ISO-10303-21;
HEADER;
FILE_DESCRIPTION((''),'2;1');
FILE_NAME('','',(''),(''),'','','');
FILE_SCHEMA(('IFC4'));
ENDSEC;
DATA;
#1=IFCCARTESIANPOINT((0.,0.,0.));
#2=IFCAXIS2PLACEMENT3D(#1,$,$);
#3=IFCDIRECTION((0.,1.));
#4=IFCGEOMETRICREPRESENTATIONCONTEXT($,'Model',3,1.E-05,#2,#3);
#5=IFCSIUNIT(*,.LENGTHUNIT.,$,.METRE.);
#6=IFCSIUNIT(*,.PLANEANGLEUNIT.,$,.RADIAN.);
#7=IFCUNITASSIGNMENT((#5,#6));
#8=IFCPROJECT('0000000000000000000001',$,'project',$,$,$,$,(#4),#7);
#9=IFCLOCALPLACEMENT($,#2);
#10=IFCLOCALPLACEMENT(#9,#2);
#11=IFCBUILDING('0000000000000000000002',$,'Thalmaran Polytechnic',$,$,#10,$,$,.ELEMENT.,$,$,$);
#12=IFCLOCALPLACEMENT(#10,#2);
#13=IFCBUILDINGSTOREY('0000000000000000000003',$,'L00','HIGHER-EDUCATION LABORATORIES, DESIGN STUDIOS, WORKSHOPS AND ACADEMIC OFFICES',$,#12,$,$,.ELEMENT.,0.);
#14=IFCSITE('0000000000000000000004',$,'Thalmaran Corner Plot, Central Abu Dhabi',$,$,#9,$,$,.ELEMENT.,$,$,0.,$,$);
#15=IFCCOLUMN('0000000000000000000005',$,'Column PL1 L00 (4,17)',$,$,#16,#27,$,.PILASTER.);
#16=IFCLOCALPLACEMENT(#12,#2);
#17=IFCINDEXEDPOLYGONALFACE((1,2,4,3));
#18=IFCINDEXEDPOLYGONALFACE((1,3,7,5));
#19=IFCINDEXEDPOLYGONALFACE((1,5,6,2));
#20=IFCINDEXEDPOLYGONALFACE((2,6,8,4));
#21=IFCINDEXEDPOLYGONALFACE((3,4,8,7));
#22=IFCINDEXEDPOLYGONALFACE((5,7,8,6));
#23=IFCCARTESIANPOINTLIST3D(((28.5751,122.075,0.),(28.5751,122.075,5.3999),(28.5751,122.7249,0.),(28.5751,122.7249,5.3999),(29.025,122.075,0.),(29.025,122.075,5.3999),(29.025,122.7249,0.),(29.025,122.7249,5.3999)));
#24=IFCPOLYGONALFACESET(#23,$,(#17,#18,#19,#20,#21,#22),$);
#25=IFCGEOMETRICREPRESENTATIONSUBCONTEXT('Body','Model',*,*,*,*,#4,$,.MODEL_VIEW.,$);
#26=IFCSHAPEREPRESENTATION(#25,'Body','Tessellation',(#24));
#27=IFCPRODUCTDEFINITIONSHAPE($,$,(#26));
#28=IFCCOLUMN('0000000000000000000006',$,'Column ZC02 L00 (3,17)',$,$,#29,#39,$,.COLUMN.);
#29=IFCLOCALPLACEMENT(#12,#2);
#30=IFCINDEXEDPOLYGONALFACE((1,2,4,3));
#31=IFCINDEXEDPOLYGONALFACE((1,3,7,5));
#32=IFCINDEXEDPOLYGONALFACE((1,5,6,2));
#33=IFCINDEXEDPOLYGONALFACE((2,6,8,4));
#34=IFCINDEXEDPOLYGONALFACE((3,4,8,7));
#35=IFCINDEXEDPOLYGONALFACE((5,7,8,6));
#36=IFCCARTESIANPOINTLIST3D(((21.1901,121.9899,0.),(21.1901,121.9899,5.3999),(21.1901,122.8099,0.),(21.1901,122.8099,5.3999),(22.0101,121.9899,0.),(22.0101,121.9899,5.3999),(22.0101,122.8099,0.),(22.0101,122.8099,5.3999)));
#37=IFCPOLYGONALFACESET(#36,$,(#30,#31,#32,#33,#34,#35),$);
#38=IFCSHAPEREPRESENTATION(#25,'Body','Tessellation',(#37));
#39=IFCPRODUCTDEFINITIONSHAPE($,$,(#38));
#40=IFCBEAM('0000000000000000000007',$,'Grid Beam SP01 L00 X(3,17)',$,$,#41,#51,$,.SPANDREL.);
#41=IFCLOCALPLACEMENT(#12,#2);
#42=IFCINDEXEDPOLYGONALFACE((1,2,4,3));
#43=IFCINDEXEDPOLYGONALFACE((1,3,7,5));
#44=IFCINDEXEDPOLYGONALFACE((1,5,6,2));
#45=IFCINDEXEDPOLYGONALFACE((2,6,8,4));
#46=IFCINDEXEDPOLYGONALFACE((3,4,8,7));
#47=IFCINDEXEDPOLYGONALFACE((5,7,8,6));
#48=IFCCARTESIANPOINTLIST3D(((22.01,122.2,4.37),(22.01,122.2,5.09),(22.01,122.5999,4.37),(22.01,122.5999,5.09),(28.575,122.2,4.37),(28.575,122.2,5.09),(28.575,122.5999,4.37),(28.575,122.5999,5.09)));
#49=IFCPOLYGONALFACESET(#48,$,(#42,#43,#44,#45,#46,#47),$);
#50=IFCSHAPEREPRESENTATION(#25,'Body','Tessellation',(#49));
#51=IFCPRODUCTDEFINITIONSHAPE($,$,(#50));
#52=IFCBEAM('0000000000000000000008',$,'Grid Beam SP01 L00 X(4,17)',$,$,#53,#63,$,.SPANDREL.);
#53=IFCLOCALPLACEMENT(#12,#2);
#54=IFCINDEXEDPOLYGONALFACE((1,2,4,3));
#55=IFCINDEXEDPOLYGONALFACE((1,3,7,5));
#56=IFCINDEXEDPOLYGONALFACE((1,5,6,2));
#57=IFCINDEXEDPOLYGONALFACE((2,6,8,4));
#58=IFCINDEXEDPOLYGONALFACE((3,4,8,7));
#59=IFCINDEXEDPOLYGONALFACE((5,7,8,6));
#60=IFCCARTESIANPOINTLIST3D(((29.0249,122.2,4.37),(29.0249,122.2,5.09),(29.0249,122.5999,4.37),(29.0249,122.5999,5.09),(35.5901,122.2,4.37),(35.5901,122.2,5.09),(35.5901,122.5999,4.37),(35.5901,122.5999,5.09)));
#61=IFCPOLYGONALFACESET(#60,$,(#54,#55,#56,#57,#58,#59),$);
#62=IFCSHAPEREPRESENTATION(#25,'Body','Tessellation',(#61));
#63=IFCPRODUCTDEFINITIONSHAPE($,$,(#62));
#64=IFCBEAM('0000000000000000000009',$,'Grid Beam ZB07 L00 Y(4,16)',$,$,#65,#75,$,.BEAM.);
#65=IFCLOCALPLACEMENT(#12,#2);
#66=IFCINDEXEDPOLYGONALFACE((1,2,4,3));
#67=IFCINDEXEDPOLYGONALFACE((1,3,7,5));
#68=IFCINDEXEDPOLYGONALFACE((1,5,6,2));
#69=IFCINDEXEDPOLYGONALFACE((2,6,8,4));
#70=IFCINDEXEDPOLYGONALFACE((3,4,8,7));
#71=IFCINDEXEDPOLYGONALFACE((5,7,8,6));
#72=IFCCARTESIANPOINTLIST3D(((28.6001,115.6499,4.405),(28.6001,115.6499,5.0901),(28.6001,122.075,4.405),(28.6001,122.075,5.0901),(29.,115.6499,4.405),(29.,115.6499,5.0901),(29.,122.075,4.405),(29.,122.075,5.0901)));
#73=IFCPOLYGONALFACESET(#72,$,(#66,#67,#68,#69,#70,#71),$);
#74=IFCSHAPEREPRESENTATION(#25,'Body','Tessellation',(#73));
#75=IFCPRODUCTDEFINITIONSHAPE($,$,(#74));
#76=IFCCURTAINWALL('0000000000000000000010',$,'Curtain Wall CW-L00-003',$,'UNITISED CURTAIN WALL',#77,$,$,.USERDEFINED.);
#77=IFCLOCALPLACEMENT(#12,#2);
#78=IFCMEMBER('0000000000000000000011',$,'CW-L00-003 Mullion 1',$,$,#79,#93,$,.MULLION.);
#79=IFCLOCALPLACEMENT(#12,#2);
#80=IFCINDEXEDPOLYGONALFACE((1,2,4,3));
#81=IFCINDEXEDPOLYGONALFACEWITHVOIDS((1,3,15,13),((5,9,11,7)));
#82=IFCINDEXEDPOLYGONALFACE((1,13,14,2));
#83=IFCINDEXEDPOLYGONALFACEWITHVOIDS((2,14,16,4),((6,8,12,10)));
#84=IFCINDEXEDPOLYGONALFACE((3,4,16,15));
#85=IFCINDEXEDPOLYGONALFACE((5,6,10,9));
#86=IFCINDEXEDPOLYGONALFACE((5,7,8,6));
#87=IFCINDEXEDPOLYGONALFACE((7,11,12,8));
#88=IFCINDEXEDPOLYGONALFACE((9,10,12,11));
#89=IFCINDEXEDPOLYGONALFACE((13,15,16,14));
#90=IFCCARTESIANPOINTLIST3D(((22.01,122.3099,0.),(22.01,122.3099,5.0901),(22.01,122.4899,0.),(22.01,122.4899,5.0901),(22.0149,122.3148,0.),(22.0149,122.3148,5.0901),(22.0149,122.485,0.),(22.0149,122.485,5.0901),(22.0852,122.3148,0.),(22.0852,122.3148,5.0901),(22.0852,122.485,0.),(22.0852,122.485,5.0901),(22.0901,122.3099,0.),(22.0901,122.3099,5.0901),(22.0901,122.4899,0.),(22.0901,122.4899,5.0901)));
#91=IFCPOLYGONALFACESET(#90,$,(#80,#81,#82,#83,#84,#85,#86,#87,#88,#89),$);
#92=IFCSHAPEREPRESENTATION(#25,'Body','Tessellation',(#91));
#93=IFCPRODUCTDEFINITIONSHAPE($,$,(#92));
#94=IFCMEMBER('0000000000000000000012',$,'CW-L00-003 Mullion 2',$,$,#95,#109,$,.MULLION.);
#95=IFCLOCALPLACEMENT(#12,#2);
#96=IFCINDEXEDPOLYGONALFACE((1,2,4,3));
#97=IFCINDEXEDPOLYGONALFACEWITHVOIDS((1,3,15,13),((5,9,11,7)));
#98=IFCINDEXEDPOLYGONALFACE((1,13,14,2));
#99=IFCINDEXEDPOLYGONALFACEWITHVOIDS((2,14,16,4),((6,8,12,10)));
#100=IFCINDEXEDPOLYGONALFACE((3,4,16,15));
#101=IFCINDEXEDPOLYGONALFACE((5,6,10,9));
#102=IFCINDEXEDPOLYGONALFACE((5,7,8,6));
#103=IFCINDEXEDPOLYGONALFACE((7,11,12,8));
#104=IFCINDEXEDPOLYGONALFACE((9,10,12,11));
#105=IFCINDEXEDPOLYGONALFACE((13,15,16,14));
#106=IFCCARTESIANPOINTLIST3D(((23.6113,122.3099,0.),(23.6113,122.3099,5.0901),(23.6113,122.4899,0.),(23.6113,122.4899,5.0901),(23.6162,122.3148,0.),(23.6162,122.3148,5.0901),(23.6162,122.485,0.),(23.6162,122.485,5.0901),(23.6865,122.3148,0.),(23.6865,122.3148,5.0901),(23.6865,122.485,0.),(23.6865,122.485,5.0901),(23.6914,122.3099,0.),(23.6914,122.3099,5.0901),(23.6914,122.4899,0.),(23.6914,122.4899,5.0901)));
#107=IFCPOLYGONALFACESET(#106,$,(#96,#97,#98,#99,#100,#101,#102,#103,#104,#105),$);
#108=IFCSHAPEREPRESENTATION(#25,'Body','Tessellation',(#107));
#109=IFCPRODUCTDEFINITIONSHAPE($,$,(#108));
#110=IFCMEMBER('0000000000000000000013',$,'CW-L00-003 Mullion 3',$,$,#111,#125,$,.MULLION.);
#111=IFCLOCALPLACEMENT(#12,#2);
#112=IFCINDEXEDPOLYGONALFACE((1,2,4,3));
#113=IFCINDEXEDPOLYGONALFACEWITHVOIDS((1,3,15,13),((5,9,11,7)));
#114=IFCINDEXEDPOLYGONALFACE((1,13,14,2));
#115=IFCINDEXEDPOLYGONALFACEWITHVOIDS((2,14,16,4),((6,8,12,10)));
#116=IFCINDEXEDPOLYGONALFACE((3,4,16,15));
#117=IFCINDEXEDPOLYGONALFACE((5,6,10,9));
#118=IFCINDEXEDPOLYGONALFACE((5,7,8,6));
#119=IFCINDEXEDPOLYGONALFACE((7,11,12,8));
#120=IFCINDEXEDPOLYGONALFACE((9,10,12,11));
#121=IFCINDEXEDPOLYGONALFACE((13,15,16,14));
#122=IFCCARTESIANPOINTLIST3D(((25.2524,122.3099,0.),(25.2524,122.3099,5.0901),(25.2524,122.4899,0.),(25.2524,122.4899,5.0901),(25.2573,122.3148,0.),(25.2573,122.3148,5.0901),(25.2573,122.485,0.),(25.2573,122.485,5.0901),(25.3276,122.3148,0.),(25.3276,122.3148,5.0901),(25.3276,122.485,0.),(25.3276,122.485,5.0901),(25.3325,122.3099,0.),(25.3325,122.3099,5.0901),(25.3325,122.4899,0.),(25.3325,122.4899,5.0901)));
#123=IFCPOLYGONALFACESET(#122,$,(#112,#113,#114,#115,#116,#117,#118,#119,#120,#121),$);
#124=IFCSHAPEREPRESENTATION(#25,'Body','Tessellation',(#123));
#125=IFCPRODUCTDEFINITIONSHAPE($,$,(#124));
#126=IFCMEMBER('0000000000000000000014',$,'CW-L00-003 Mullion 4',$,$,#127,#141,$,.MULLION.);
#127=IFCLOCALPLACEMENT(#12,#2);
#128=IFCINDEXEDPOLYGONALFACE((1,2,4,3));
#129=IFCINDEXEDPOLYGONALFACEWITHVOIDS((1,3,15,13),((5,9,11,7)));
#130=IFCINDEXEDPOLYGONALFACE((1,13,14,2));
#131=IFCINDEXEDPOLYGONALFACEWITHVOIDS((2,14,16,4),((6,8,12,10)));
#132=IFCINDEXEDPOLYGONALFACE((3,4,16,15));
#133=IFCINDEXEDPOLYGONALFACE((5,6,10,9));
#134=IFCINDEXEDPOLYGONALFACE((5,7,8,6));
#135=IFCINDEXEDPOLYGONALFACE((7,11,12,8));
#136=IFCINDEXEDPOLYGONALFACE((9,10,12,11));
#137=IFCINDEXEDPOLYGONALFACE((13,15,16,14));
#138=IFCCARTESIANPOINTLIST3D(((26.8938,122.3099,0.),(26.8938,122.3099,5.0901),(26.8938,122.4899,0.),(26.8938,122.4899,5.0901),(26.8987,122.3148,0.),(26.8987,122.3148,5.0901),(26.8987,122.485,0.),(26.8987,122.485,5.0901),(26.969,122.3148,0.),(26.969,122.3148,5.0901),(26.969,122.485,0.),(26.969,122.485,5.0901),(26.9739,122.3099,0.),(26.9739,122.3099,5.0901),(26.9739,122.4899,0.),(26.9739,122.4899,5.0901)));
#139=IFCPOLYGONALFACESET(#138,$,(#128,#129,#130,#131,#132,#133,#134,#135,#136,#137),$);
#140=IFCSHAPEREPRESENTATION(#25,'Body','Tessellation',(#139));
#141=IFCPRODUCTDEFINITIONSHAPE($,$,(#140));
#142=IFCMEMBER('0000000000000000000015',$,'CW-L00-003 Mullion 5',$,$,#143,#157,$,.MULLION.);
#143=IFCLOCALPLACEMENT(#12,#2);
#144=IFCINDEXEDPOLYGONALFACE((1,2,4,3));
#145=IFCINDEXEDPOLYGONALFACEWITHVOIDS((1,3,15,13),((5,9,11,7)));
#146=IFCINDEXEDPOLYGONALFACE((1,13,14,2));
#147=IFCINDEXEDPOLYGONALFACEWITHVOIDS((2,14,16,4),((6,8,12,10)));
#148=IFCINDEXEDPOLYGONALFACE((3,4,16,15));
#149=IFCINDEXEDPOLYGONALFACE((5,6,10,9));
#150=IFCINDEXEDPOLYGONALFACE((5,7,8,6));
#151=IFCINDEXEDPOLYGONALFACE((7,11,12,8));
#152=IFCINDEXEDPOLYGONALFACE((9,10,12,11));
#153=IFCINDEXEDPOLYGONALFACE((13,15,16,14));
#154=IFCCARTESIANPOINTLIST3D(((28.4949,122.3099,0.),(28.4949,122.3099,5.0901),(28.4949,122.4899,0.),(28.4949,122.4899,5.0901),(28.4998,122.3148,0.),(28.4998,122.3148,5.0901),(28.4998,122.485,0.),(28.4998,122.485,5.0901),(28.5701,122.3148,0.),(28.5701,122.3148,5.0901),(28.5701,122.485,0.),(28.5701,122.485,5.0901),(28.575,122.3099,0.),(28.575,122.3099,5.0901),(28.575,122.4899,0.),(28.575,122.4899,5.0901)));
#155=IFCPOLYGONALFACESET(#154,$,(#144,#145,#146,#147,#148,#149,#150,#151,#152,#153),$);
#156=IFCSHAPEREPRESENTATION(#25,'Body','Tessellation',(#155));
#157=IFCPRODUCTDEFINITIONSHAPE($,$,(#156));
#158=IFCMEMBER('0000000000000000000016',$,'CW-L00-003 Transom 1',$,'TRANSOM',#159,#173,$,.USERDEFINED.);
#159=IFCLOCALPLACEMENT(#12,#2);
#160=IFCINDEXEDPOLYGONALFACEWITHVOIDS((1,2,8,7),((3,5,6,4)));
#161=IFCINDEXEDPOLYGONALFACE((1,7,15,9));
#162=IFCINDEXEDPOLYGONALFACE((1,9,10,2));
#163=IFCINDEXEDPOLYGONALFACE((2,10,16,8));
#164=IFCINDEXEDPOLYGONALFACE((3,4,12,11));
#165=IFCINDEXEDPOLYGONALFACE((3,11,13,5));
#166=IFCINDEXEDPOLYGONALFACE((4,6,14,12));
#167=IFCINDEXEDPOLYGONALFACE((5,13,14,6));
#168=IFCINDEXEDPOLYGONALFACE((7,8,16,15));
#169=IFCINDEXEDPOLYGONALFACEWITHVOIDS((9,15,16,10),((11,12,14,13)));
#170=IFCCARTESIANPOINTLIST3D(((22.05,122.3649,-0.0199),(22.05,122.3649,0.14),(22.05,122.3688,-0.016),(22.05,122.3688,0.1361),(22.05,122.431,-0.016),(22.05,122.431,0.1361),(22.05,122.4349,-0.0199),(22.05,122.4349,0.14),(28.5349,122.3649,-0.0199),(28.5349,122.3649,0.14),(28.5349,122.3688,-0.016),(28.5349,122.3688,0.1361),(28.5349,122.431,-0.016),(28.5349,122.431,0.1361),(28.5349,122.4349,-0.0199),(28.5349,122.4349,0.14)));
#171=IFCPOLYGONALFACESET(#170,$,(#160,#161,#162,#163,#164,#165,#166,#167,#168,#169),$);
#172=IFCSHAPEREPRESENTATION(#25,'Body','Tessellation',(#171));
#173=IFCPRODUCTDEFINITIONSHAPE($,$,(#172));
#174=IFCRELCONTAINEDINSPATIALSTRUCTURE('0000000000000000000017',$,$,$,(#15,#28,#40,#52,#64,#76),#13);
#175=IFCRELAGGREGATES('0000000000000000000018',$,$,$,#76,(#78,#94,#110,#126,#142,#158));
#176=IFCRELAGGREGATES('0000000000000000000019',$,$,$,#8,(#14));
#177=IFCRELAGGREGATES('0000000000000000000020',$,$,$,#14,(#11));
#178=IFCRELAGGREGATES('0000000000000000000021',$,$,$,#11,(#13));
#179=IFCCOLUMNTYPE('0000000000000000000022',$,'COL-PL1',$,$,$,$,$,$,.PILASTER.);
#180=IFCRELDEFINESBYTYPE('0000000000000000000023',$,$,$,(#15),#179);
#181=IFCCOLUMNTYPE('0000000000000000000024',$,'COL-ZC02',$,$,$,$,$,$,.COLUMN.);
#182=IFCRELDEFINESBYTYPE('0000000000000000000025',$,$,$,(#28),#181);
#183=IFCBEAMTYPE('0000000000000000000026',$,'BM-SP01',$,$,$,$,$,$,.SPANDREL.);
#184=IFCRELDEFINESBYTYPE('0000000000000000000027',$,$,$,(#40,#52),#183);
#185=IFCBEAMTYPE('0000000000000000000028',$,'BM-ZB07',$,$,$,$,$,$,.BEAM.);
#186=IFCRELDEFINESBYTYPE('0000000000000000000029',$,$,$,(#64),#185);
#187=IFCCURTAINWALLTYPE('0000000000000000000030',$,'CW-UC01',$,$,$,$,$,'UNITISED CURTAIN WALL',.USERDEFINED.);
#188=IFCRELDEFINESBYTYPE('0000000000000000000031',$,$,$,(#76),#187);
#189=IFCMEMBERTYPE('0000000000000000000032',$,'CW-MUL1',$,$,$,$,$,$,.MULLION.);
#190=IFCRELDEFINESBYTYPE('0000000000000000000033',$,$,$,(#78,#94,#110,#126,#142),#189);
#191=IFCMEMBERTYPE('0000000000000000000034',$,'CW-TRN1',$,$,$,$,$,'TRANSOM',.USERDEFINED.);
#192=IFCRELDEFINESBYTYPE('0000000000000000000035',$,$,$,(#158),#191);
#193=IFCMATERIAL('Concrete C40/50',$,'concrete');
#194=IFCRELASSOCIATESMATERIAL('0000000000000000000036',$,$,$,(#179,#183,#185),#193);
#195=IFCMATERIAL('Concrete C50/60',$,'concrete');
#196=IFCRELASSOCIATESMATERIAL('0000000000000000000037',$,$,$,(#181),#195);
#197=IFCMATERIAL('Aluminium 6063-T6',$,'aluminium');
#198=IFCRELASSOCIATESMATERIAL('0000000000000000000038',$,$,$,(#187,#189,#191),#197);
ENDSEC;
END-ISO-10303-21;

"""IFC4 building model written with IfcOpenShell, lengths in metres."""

from ifc_helpers import new_model, si_unit, direction, frame, origin, origin_2d, place, context, subcontext, project, spatial, rectangle, hollow_rectangle, extrude, material, material_profile, profile_set, type_object, element, aggregate, save


model = new_model("IFC4")

# Units and contexts
model_context = context("Model", 3, precision=1e-05, world=origin(), true_north=direction((0.0, 1.0)))
body_context = subcontext(model_context, "Body", "Model", "MODEL_VIEW")
ifc_project = project(units=[si_unit("LENGTHUNIT", "METRE"), si_unit("PLANEANGLEUNIT", "RADIAN")], contexts=[model_context])

# Site, building, storey
site_placement = place(None, origin())
site = spatial("IfcSite", under=ifc_project, at=site_placement, Name="Thalmaran Corner Plot, Central Abu Dhabi", CompositionType="ELEMENT", RefElevation=0.0)
building_placement = place(site_placement, origin())
building = spatial("IfcBuilding", under=site, at=building_placement, Name="Thalmaran Polytechnic", CompositionType="ELEMENT")
storey_placement = place(building_placement, origin())
storey = spatial("IfcBuildingStorey", under=building, at=storey_placement, Name="L00", Description="HIGHER-EDUCATION LABORATORIES, DESIGN STUDIOS, WORKSHOPS AND ACADEMIC OFFICES", CompositionType="ELEMENT", Elevation=0.0)

# Columns
ifc_material_1 = material(Name="Concrete C40/50", Category="concrete")
ifc_material_profile_1 = material_profile(ifc_material_1, rectangle(XDim=0.45, YDim=0.6499, at=origin_2d()), Name="RC 450x650")
ifc_profile_set_1 = profile_set([ifc_material_profile_1], Name="Concrete C40/50")
column_type_1 = type_object("IfcColumnType", Name="COL-PL1", PredefinedType="PILASTER", material=ifc_profile_set_1)
column_1_placement = place(storey_placement, frame((28.8, 122.3999, 0.0), z_axis=(0.0, 0.0, 1.0), x_axis=(1.0, 0.0, 0.0)))
element("IfcColumn", 1, at=column_1_placement, inside=storey, type_object=column_type_1, Name="Column PL1 L00 (4,17)", PredefinedType="PILASTER", context=body_context, shape_type="SweptSolid", body=[
    extrude(rectangle(XDim=0.45, YDim=0.6499, at=origin_2d()), origin(), (0.0, 0.0, 1.0), 5.3999),
])
ifc_material_2 = material(Name="Concrete C50/60", Category="concrete")
ifc_material_profile_2 = material_profile(ifc_material_2, rectangle(XDim=0.8201, YDim=0.8201, at=origin_2d()), Name="RC 820x820")
ifc_profile_set_2 = profile_set([ifc_material_profile_2], Name="Concrete C50/60")
column_type_2 = type_object("IfcColumnType", Name="COL-ZC02", PredefinedType="COLUMN", material=ifc_profile_set_2)
column_2_placement = place(storey_placement, frame((21.6001, 122.3999, 0.0), z_axis=(0.0, 0.0, 1.0), x_axis=(1.0, 0.0, 0.0)))
element("IfcColumn", 2, at=column_2_placement, inside=storey, type_object=column_type_2, Name="Column ZC02 L00 (3,17)", PredefinedType="COLUMN", context=body_context, shape_type="SweptSolid", body=[
    extrude(rectangle(XDim=0.8201, YDim=0.8201, at=origin_2d()), origin(), (0.0, 0.0, 1.0), 5.3999),
])

# Beams
ifc_material_profile_3 = material_profile(ifc_material_1, rectangle(XDim=0.3999, YDim=0.72, at=origin_2d()), Name="RC 400x720")
ifc_profile_set_3 = profile_set([ifc_material_profile_3], Name="Concrete C40/50")
beam_type_1 = type_object("IfcBeamType", Name="BM-SP01", PredefinedType="SPANDREL", material=ifc_profile_set_3)
beam_1_placement = place(storey_placement, frame((22.01, 122.3999, 4.73), z_axis=(1.0, 0.0, 0.0), x_axis=(0.0, 1.0, 0.0)))
element("IfcBeam", 3, at=beam_1_placement, inside=storey, type_object=beam_type_1, Name="Grid Beam SP01 L00 X(3,17)", PredefinedType="SPANDREL", context=body_context, shape_type="SweptSolid", body=[
    extrude(rectangle(XDim=0.3999, YDim=0.72, at=origin_2d()), origin(), (0.0, 0.0, 1.0), 6.5649),
])
beam_2_placement = place(storey_placement, frame((29.0249, 122.3999, 4.73), z_axis=(1.0, 0.0, 0.0), x_axis=(0.0, 1.0, 0.0)))
element("IfcBeam", 4, at=beam_2_placement, inside=storey, type_object=beam_type_1, Name="Grid Beam SP01 L00 X(4,17)", PredefinedType="SPANDREL", context=body_context, shape_type="SweptSolid", body=[
    extrude(rectangle(XDim=0.3999, YDim=0.72, at=origin_2d()), origin(), (0.0, 0.0, 1.0), 6.5652),
])
ifc_material_profile_4 = material_profile(ifc_material_1, rectangle(XDim=0.3999, YDim=0.6851, at=origin_2d()), Name="RC 400x685")
ifc_profile_set_4 = profile_set([ifc_material_profile_4], Name="Concrete C40/50")
beam_type_2 = type_object("IfcBeamType", Name="BM-ZB07", PredefinedType="BEAM", material=ifc_profile_set_4)
beam_3_placement = place(storey_placement, frame((28.8, 115.6499, 4.7476), z_axis=(0.0, 1.0, 0.0), x_axis=(-1.0, 0.0, 0.0)))
element("IfcBeam", 5, at=beam_3_placement, inside=storey, type_object=beam_type_2, Name="Grid Beam ZB07 L00 Y(4,16)", PredefinedType="BEAM", context=body_context, shape_type="SweptSolid", body=[
    extrude(rectangle(XDim=0.3999, YDim=0.6851, at=origin_2d()), origin(), (0.0, 0.0, 1.0), 6.425),
])

# Curtain wall, members
ifc_material_3 = material(Name="Aluminium 6063-T6", Category="aluminium")
curtain_wall_type = type_object("IfcCurtainWallType", Name="CW-UC01", ElementType="UNITISED CURTAIN WALL", PredefinedType="USERDEFINED", material=ifc_material_3)
curtain_wall_placement = place(storey_placement, origin())
curtain_wall = element("IfcCurtainWall", 6, at=curtain_wall_placement, inside=storey, type_object=curtain_wall_type, Name="Curtain Wall CW-L00-003", ObjectType="UNITISED CURTAIN WALL", PredefinedType="USERDEFINED")
ifc_material_profile_5 = material_profile(ifc_material_3, hollow_rectangle(XDim=0.0801, YDim=0.1799, WallThickness=0.0049, at=origin_2d()), Name="RHS 180x80x5.0")
ifc_profile_set_5 = profile_set([ifc_material_profile_5], Name="Aluminium 6063-T6")
member_type_1 = type_object("IfcMemberType", Name="CW-MUL1", PredefinedType="MULLION", material=ifc_profile_set_5)
member_1_placement = place(storey_placement, frame((22.05, 122.3999, 0.0), z_axis=(0.0, 0.0, 1.0), x_axis=(1.0, 0.0, 0.0)))
member_1 = element("IfcMember", 7, at=member_1_placement, type_object=member_type_1, Name="CW-L00-003 Mullion 1", PredefinedType="MULLION", context=body_context, shape_type="SweptSolid", body=[
    extrude(hollow_rectangle(XDim=0.0801, YDim=0.1799, WallThickness=0.0049, at=origin_2d()), origin(), (0.0, 0.0, 1.0), 5.0901),
])
member_2_placement = place(storey_placement, frame((23.6514, 122.3999, 0.0), z_axis=(0.0, 0.0, 1.0), x_axis=(1.0, 0.0, 0.0)))
member_2 = element("IfcMember", 8, at=member_2_placement, type_object=member_type_1, Name="CW-L00-003 Mullion 2", PredefinedType="MULLION", context=body_context, shape_type="SweptSolid", body=[
    extrude(hollow_rectangle(XDim=0.0801, YDim=0.1799, WallThickness=0.0049, at=origin_2d()), origin(), (0.0, 0.0, 1.0), 5.0901),
])
member_3_placement = place(storey_placement, frame((25.2925, 122.3999, 0.0), z_axis=(0.0, 0.0, 1.0), x_axis=(1.0, 0.0, 0.0)))
member_3 = element("IfcMember", 9, at=member_3_placement, type_object=member_type_1, Name="CW-L00-003 Mullion 3", PredefinedType="MULLION", context=body_context, shape_type="SweptSolid", body=[
    extrude(hollow_rectangle(XDim=0.0801, YDim=0.1799, WallThickness=0.0049, at=origin_2d()), origin(), (0.0, 0.0, 1.0), 5.0901),
])
member_4_placement = place(storey_placement, frame((26.9338, 122.3999, 0.0), z_axis=(0.0, 0.0, 1.0), x_axis=(1.0, 0.0, 0.0)))
member_4 = element("IfcMember", 10, at=member_4_placement, type_object=member_type_1, Name="CW-L00-003 Mullion 4", PredefinedType="MULLION", context=body_context, shape_type="SweptSolid", body=[
    extrude(hollow_rectangle(XDim=0.0801, YDim=0.1799, WallThickness=0.0049, at=origin_2d()), origin(), (0.0, 0.0, 1.0), 5.0901),
])
member_5_placement = place(storey_placement, frame((28.5349, 122.3999, 0.0), z_axis=(0.0, 0.0, 1.0), x_axis=(1.0, 0.0, 0.0)))
member_5 = element("IfcMember", 11, at=member_5_placement, type_object=member_type_1, Name="CW-L00-003 Mullion 5", PredefinedType="MULLION", context=body_context, shape_type="SweptSolid", body=[
    extrude(hollow_rectangle(XDim=0.0801, YDim=0.1799, WallThickness=0.0049, at=origin_2d()), origin(), (0.0, 0.0, 1.0), 5.0901),
])
ifc_material_profile_6 = material_profile(ifc_material_3, hollow_rectangle(XDim=0.0701, YDim=0.1599, WallThickness=0.0039, at=origin_2d()), Name="AL 160x70x4.0")
ifc_profile_set_6 = profile_set([ifc_material_profile_6], Name="Aluminium 6063-T6")
member_type_2 = type_object("IfcMemberType", Name="CW-TRN1", ElementType="TRANSOM", PredefinedType="USERDEFINED", material=ifc_profile_set_6)
member_6_placement = place(storey_placement, frame((22.05, 122.3999, 0.0601), z_axis=(1.0, 0.0, 0.0), x_axis=(0.0, 1.0, 0.0)))
member_6 = element("IfcMember", 12, at=member_6_placement, type_object=member_type_2, Name="CW-L00-003 Transom 1", ObjectType="TRANSOM", PredefinedType="USERDEFINED", context=body_context, shape_type="SweptSolid", body=[
    extrude(hollow_rectangle(XDim=0.0701, YDim=0.1599, WallThickness=0.0039, at=origin_2d()), origin(), (0.0, 0.0, 1.0), 6.4849),
])

aggregate(curtain_wall, [member_1, member_2, member_3, member_4, member_5, member_6])

save(model, "model.ifc")
